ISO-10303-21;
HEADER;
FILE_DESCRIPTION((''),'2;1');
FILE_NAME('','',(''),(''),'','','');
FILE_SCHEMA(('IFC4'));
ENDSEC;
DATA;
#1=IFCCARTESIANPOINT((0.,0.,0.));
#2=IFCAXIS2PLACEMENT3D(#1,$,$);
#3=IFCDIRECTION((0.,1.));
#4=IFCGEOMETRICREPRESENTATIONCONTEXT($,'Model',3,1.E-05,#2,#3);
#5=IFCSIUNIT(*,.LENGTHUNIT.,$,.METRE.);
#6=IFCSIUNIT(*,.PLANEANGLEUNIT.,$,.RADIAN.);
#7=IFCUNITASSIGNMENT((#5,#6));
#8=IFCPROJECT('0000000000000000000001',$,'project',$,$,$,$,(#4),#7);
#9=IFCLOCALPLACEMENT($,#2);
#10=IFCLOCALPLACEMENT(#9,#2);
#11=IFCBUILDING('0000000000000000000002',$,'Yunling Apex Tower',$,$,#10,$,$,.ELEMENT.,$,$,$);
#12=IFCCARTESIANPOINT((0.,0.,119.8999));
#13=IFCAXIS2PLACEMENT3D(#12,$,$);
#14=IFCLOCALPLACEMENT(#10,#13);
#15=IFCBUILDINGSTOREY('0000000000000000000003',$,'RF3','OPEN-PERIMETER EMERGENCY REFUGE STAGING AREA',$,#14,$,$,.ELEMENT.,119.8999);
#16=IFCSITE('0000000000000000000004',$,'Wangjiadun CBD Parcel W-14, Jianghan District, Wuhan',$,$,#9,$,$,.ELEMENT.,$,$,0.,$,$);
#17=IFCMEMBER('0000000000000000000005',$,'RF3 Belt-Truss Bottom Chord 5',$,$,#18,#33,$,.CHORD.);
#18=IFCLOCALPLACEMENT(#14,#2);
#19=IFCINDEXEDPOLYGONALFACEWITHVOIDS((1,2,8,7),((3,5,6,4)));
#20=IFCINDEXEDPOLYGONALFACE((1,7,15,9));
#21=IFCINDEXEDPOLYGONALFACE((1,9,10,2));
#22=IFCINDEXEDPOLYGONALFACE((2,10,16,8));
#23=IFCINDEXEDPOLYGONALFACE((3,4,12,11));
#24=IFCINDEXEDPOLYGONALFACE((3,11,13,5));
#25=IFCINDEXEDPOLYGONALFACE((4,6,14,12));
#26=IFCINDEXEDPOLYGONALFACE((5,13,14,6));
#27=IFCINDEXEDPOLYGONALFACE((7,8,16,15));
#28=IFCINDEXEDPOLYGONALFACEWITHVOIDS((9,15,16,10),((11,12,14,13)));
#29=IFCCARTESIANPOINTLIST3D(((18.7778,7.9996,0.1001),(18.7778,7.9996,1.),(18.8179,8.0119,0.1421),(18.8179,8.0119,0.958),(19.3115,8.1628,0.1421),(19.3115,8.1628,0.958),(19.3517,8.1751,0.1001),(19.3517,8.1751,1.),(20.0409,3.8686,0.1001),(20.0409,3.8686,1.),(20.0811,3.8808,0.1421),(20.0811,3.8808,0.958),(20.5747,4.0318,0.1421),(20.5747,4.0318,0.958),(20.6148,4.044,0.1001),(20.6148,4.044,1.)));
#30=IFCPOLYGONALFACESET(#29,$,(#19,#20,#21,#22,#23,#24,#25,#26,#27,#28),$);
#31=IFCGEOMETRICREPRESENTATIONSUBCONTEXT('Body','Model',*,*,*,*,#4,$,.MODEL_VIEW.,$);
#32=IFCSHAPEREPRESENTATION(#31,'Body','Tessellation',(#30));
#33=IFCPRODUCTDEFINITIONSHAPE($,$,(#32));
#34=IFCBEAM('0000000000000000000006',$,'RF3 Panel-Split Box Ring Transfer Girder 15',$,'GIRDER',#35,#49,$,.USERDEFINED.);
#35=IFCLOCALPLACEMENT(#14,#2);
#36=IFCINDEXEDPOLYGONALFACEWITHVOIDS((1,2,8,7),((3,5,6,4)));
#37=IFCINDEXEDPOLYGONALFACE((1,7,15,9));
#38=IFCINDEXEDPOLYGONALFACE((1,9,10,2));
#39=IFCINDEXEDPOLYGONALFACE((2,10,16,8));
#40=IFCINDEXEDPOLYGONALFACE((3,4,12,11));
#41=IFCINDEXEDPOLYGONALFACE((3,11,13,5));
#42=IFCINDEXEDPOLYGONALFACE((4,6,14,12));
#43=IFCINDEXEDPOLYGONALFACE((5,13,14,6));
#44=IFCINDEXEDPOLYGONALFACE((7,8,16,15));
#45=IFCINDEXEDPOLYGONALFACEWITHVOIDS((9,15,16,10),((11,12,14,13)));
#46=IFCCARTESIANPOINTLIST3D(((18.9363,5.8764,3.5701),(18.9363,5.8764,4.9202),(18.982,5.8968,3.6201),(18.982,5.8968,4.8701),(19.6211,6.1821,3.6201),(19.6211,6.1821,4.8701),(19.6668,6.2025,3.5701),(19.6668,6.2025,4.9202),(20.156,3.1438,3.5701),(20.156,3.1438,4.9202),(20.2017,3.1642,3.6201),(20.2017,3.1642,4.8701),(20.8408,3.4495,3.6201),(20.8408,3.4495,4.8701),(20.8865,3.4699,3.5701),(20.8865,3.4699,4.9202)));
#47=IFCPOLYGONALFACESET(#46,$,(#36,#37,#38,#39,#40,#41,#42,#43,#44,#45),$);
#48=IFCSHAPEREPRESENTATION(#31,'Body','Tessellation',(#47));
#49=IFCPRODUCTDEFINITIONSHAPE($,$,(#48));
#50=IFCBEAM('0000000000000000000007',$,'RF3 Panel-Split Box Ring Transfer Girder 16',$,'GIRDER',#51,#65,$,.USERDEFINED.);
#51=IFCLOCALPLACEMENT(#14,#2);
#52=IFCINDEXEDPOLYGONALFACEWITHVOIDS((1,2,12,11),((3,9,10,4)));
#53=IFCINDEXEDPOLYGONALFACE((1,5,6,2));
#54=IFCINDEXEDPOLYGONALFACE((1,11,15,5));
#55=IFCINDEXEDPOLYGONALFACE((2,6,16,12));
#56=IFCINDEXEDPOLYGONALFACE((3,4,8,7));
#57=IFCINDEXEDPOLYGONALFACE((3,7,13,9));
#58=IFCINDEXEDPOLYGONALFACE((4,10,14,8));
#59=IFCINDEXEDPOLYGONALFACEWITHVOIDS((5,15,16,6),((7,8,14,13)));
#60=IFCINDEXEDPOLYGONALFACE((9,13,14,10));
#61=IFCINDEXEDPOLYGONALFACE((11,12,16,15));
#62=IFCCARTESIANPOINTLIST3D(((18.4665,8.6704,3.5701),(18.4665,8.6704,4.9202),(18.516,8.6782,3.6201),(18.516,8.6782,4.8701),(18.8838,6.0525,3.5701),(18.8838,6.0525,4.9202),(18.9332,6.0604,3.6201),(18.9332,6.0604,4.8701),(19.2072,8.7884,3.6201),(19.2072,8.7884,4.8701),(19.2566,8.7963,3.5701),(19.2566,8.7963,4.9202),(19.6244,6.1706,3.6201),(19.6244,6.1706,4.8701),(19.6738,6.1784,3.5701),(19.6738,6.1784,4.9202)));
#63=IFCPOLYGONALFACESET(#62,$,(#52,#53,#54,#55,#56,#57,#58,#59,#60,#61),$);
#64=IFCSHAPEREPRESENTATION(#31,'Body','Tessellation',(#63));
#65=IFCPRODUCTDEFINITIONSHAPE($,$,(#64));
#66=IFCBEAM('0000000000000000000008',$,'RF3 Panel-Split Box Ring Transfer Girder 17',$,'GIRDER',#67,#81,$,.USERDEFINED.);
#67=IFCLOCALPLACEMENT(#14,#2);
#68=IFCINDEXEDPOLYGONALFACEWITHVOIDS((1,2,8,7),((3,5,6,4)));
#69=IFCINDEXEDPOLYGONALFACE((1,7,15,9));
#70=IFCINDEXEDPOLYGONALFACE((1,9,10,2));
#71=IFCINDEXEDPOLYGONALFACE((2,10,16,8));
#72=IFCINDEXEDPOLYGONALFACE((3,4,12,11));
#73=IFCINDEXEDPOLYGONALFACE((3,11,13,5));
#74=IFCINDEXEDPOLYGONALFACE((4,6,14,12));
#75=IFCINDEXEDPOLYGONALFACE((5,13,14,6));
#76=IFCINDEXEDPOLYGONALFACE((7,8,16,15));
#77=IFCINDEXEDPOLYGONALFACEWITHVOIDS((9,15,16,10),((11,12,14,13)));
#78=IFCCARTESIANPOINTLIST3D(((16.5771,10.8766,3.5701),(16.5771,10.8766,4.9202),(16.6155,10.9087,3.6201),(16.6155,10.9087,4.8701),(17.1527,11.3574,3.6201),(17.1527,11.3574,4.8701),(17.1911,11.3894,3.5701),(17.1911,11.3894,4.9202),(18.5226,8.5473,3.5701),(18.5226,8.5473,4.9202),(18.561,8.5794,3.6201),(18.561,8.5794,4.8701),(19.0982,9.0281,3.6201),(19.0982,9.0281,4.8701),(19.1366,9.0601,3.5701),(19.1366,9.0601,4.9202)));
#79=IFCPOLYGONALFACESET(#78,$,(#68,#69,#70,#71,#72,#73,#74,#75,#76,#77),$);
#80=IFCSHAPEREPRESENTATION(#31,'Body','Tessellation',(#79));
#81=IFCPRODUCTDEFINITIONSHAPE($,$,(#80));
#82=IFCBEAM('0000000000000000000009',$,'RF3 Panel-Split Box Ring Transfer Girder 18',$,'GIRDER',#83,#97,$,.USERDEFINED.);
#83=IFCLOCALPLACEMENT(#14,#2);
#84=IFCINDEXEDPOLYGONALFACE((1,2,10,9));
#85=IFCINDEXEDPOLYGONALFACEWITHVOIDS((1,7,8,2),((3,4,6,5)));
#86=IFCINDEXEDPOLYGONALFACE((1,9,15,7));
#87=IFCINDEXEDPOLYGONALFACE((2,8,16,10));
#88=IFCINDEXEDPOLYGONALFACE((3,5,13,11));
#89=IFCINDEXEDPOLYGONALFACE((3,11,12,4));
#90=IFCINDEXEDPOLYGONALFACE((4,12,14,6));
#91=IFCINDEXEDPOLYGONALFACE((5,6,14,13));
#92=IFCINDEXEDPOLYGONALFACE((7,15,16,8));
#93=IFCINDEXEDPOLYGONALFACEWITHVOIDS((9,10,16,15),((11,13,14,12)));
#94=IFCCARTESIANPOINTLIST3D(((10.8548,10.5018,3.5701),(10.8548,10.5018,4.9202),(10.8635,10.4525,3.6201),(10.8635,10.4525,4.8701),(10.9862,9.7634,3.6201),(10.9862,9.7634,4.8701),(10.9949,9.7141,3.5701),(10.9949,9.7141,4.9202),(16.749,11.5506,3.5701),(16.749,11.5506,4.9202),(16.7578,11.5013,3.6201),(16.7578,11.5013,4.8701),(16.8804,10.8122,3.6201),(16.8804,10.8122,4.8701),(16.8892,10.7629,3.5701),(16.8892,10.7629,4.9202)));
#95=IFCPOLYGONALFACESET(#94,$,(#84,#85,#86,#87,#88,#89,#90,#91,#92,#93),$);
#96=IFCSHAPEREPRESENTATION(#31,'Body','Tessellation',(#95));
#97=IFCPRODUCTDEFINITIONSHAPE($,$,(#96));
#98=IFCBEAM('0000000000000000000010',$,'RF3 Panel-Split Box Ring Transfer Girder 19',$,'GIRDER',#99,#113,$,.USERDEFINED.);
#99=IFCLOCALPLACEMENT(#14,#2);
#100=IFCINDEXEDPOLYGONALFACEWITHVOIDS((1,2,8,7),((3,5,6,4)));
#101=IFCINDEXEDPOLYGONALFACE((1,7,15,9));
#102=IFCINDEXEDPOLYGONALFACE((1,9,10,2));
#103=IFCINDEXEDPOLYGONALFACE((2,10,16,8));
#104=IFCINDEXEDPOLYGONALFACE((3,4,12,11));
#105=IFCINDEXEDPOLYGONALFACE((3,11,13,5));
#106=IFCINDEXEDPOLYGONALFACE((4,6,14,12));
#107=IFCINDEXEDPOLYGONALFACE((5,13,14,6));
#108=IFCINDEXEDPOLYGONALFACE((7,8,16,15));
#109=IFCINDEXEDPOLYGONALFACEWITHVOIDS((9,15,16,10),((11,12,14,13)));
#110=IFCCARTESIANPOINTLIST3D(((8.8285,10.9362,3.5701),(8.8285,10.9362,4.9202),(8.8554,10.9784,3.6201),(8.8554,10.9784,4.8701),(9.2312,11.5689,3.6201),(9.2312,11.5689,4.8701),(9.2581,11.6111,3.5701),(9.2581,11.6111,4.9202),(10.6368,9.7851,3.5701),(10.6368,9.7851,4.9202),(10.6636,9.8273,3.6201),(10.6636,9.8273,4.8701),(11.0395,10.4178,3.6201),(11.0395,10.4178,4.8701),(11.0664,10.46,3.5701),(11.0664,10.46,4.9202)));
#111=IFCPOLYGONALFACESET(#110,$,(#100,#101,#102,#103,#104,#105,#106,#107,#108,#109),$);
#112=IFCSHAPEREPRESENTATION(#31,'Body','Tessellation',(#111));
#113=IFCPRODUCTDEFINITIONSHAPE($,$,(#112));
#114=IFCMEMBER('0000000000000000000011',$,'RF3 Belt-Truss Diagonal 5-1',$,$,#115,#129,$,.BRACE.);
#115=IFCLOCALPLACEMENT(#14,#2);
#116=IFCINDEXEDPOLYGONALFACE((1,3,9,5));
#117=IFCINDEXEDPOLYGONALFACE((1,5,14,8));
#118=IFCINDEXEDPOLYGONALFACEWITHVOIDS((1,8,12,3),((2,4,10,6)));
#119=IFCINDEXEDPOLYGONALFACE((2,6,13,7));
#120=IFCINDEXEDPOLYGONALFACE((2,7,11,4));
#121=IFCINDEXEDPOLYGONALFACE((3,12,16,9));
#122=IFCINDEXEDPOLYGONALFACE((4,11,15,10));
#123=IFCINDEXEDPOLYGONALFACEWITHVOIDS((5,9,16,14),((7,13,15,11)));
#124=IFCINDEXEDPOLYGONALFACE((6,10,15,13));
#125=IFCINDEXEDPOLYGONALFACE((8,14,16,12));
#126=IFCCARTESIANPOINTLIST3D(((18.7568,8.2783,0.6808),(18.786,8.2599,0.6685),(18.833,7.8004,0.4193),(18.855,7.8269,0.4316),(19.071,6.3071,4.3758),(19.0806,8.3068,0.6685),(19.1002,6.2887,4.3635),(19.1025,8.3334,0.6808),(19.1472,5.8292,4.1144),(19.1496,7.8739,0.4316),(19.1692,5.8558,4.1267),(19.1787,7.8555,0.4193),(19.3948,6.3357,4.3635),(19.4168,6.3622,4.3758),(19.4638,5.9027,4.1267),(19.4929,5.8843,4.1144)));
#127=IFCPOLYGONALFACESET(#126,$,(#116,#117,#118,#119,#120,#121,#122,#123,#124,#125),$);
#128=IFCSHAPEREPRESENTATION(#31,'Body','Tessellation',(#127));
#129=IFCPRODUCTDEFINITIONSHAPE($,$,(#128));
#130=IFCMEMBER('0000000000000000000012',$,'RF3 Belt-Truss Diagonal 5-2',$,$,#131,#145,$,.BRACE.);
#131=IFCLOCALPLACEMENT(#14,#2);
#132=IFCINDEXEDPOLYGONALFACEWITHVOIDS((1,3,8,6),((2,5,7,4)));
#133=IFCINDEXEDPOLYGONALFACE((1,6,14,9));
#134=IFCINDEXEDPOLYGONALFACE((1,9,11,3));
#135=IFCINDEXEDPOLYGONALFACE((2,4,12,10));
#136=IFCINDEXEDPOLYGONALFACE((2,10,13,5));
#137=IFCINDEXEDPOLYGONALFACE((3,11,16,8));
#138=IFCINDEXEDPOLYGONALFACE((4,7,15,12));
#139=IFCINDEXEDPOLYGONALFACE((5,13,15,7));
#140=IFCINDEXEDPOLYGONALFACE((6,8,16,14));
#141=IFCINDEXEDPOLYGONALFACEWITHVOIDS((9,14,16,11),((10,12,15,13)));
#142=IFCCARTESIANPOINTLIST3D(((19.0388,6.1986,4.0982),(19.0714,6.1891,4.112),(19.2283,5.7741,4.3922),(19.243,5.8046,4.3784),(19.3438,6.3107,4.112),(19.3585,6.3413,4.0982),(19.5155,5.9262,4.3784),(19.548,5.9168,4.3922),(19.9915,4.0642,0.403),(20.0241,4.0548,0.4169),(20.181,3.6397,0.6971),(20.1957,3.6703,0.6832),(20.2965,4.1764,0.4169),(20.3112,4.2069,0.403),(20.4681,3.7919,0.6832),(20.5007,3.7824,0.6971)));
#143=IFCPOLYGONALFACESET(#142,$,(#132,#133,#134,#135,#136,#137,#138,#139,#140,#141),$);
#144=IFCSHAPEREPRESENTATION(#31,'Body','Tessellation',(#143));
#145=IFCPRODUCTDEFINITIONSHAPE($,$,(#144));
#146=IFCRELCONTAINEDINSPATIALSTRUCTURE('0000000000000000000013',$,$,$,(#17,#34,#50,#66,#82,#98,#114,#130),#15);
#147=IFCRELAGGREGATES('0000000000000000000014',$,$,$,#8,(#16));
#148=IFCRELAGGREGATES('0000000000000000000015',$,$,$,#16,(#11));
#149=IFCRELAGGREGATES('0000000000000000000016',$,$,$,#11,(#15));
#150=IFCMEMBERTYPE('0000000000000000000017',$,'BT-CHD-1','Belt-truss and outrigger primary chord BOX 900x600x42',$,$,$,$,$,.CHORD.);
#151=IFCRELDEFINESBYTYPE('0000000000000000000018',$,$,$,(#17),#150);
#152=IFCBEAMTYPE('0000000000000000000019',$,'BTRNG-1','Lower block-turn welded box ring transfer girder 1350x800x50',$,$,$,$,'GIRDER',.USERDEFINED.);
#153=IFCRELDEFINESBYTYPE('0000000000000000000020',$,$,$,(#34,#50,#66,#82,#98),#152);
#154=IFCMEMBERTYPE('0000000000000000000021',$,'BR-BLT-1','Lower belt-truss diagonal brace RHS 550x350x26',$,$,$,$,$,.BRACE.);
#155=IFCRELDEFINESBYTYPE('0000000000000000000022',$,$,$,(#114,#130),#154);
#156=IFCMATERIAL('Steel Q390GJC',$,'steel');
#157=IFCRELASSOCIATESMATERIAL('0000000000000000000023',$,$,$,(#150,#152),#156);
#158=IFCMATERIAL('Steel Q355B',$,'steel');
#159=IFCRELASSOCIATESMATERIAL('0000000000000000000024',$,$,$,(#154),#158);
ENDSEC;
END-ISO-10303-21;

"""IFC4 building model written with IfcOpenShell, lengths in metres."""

from ifc_helpers import new_model, si_unit, direction, frame, origin, origin_2d, place, context, subcontext, project, spatial, hollow_rectangle, extrude, source, transform, mapped, material, material_profile, profile_set, type_object, element, save


model = new_model("IFC4")

# Units and contexts
model_context = context("Model", 3, precision=1e-05, world=origin(), true_north=direction((0.0, 1.0)))
body_context = subcontext(model_context, "Body", "Model", "MODEL_VIEW")
ifc_project = project(units=[si_unit("LENGTHUNIT", "METRE"), si_unit("PLANEANGLEUNIT", "RADIAN")], contexts=[model_context])

# Site, building, storey
site_placement = place(None, origin())
site = spatial("IfcSite", under=ifc_project, at=site_placement, Name="Wangjiadun CBD Parcel W-14, Jianghan District, Wuhan", CompositionType="ELEMENT", RefElevation=0.0)
building_placement = place(site_placement, origin())
building = spatial("IfcBuilding", under=site, at=building_placement, Name="Yunling Apex Tower", CompositionType="ELEMENT")
storey_placement = place(building_placement, frame((0.0, 0.0, 119.8999)))
storey = spatial("IfcBuildingStorey", under=building, at=storey_placement, Name="RF3", Description="OPEN-PERIMETER EMERGENCY REFUGE STAGING AREA", CompositionType="ELEMENT", Elevation=119.8999)

# Shared definitions
ifc_material_1 = material(Name="Steel Q390GJC", Category="steel")

# Member
ifc_material_2 = material(Name="Steel Q355B", Category="steel")
ifc_material_profile_1 = material_profile(ifc_material_1, hollow_rectangle(XDim=0.6001, YDim=0.8999, WallThickness=0.042, at=origin_2d()))
ifc_profile_set_1 = profile_set([ifc_material_profile_1], Name="Steel Q390GJC")
member_type_1 = type_object("IfcMemberType", Name="BT-CHD-1", Description="Belt-truss and outrigger primary chord BOX 900x600x42", PredefinedType="CHORD", material=ifc_profile_set_1)
shared_shape_1 = source(origin(), body_context, "Body", "SweptSolid", [
    extrude(hollow_rectangle(XDim=0.6001, YDim=0.8999, WallThickness=0.042, at=origin_2d()), origin(), (0.0, 0.0, 1.0), 4.3198),
])
member_1_placement = place(storey_placement, frame((20.3279, 3.9563, 0.55), z_axis=(-0.292409, 0.956293, 0.0), x_axis=(-0.956293, -0.292409, 0.0)))
element("IfcMember", 1, at=member_1_placement, inside=storey, type_object=member_type_1, Name="RF3 Belt-Truss Bottom Chord 5", PredefinedType="CHORD", context=body_context, shape_type="MappedRepresentation", body=[
    mapped(shared_shape_1, transform((0.0, 0.0, 0.0), scale=1.0)),
])

# Beams
ifc_material_profile_2 = material_profile(ifc_material_1, hollow_rectangle(XDim=0.8, YDim=1.3501, WallThickness=0.05, at=origin_2d()))
ifc_profile_set_2 = profile_set([ifc_material_profile_2], Name="Steel Q390GJC")
beam_type = type_object("IfcBeamType", Name="BTRNG-1", Description="Lower block-turn welded box ring transfer girder 1350x800x50", ElementType="GIRDER", PredefinedType="USERDEFINED", material=ifc_profile_set_2)
shared_shape_2 = source(origin(), body_context, "Body", "SweptSolid", [
    extrude(hollow_rectangle(XDim=0.8, YDim=1.3501, WallThickness=0.05, at=origin_2d()), origin(), (0.0, 0.0, 1.0), 2.9924),
])
beam_1_placement = place(storey_placement, frame((20.5212, 3.3069, 4.2451), z_axis=(-0.407591, 0.913164, 0.0), x_axis=(-0.913164, -0.407591, 0.0)))
element("IfcBeam", 2, at=beam_1_placement, inside=storey, type_object=beam_type, Name="RF3 Panel-Split Box Ring Transfer Girder 15", ObjectType="GIRDER", PredefinedType="USERDEFINED", context=body_context, shape_type="MappedRepresentation", body=[
    mapped(shared_shape_2, transform((0.0, 0.0, 0.0), scale=1.0)),
])
shared_shape_3 = source(origin(), body_context, "Body", "SweptSolid", [
    extrude(hollow_rectangle(XDim=0.8, YDim=1.3501, WallThickness=0.05, at=origin_2d()), origin(), (0.0, 0.0, 1.0), 2.6509),
])
beam_2_placement = place(storey_placement, frame((19.2788, 6.1155, 4.2451), z_axis=(-0.157391, 0.987536, 0.0), x_axis=(-0.987536, -0.157391, 0.0)))
element("IfcBeam", 3, at=beam_2_placement, inside=storey, type_object=beam_type, Name="RF3 Panel-Split Box Ring Transfer Girder 16", ObjectType="GIRDER", PredefinedType="USERDEFINED", context=body_context, shape_type="MappedRepresentation", body=[
    mapped(shared_shape_3, transform((0.0, 0.0, 0.0), scale=1.0)),
])
shared_shape_4 = source(origin(), body_context, "Body", "SweptSolid", [
    extrude(hollow_rectangle(XDim=0.8, YDim=1.3501, WallThickness=0.05, at=origin_2d()), origin(), (0.0, 0.0, 1.0), 3.0349),
])
beam_3_placement = place(storey_placement, frame((18.8296, 8.8037, 4.2451), z_axis=(-0.641046, 0.767502, 0.0), x_axis=(-0.767502, -0.641046, 0.0)))
element("IfcBeam", 4, at=beam_3_placement, inside=storey, type_object=beam_type, Name="RF3 Panel-Split Box Ring Transfer Girder 17", ObjectType="GIRDER", PredefinedType="USERDEFINED", context=body_context, shape_type="MappedRepresentation", body=[
    mapped(shared_shape_4, transform((0.0, 0.0, 0.0), scale=1.0)),
])
shared_shape_5 = source(origin(), body_context, "Body", "SweptSolid", [
    extrude(hollow_rectangle(XDim=0.8, YDim=1.3501, WallThickness=0.05, at=origin_2d()), origin(), (0.0, 0.0, 1.0), 5.9868),
])
beam_4_placement = place(storey_placement, frame((16.8191, 11.1567, 4.2451), z_axis=(-0.984535, -0.175188, 0.0), x_axis=(0.175188, -0.984535, 0.0)))
element("IfcBeam", 5, at=beam_4_placement, inside=storey, type_object=beam_type, Name="RF3 Panel-Split Box Ring Transfer Girder 18", ObjectType="GIRDER", PredefinedType="USERDEFINED", context=body_context, shape_type="MappedRepresentation", body=[
    mapped(shared_shape_5, transform((0.0, 0.0, 0.0), scale=1.0)),
])
shared_shape_6 = source(origin(), body_context, "Body", "SweptSolid", [
    extrude(hollow_rectangle(XDim=0.8, YDim=1.3501, WallThickness=0.05, at=origin_2d()), origin(), (0.0, 0.0, 1.0), 2.1436),
])
beam_5_placement = place(storey_placement, frame((10.8516, 10.1226, 4.2451), z_axis=(-0.843586, 0.536993, 0.0), x_axis=(-0.536993, -0.843586, 0.0)))
element("IfcBeam", 6, at=beam_5_placement, inside=storey, type_object=beam_type, Name="RF3 Panel-Split Box Ring Transfer Girder 19", ObjectType="GIRDER", PredefinedType="USERDEFINED", context=body_context, shape_type="MappedRepresentation", body=[
    mapped(shared_shape_6, transform((0.0, 0.0, 0.0), scale=1.0)),
])

# Members
ifc_material_profile_3 = material_profile(ifc_material_2, hollow_rectangle(XDim=0.3501, YDim=0.55, WallThickness=0.0259, at=origin_2d()))
ifc_profile_set_3 = profile_set([ifc_material_profile_3], Name="Steel Q355B")
member_type_2 = type_object("IfcMemberType", Name="BR-BLT-1", Description="Lower belt-truss diagonal brace RHS 550x350x26", PredefinedType="BRACE", material=ifc_profile_set_3)
shared_shape_7 = source(origin(), body_context, "Body", "SweptSolid", [
    extrude(hollow_rectangle(XDim=0.3501, YDim=0.55, WallThickness=0.0259, at=origin_2d()), origin(), (0.0, 0.0, 1.0), 4.1997),
])
member_2_placement = place(storey_placement, frame((18.9678, 8.0669, 0.55), z_axis=(0.074816, -0.46936, 0.879832), x_axis=(0.987533, 0.157413, 0.0)))
element("IfcMember", 7, at=member_2_placement, inside=storey, type_object=member_type_2, Name="RF3 Belt-Truss Diagonal 5-1", PredefinedType="BRACE", context=body_context, shape_type="MappedRepresentation", body=[
    mapped(shared_shape_7, transform((0.0, 0.0, 0.0), scale=1.0)),
])
shared_shape_8 = source(origin(), body_context, "Body", "SweptSolid", [
    extrude(hollow_rectangle(XDim=0.3501, YDim=0.55, WallThickness=0.0259, at=origin_2d()), origin(), (0.0, 0.0, 1.0), 4.3723),
])
member_3_placement = place(storey_placement, frame((20.2461, 3.9233, 0.55), z_axis=(-0.217885, 0.488147, 0.845127), x_axis=(-0.913164, -0.407592, 0.0)))
element("IfcMember", 8, at=member_3_placement, inside=storey, type_object=member_type_2, Name="RF3 Belt-Truss Diagonal 5-2", PredefinedType="BRACE", context=body_context, shape_type="MappedRepresentation", body=[
    mapped(shared_shape_8, transform((0.0, 0.0, 0.0), scale=1.0)),
])

save(model, "model.ifc")
